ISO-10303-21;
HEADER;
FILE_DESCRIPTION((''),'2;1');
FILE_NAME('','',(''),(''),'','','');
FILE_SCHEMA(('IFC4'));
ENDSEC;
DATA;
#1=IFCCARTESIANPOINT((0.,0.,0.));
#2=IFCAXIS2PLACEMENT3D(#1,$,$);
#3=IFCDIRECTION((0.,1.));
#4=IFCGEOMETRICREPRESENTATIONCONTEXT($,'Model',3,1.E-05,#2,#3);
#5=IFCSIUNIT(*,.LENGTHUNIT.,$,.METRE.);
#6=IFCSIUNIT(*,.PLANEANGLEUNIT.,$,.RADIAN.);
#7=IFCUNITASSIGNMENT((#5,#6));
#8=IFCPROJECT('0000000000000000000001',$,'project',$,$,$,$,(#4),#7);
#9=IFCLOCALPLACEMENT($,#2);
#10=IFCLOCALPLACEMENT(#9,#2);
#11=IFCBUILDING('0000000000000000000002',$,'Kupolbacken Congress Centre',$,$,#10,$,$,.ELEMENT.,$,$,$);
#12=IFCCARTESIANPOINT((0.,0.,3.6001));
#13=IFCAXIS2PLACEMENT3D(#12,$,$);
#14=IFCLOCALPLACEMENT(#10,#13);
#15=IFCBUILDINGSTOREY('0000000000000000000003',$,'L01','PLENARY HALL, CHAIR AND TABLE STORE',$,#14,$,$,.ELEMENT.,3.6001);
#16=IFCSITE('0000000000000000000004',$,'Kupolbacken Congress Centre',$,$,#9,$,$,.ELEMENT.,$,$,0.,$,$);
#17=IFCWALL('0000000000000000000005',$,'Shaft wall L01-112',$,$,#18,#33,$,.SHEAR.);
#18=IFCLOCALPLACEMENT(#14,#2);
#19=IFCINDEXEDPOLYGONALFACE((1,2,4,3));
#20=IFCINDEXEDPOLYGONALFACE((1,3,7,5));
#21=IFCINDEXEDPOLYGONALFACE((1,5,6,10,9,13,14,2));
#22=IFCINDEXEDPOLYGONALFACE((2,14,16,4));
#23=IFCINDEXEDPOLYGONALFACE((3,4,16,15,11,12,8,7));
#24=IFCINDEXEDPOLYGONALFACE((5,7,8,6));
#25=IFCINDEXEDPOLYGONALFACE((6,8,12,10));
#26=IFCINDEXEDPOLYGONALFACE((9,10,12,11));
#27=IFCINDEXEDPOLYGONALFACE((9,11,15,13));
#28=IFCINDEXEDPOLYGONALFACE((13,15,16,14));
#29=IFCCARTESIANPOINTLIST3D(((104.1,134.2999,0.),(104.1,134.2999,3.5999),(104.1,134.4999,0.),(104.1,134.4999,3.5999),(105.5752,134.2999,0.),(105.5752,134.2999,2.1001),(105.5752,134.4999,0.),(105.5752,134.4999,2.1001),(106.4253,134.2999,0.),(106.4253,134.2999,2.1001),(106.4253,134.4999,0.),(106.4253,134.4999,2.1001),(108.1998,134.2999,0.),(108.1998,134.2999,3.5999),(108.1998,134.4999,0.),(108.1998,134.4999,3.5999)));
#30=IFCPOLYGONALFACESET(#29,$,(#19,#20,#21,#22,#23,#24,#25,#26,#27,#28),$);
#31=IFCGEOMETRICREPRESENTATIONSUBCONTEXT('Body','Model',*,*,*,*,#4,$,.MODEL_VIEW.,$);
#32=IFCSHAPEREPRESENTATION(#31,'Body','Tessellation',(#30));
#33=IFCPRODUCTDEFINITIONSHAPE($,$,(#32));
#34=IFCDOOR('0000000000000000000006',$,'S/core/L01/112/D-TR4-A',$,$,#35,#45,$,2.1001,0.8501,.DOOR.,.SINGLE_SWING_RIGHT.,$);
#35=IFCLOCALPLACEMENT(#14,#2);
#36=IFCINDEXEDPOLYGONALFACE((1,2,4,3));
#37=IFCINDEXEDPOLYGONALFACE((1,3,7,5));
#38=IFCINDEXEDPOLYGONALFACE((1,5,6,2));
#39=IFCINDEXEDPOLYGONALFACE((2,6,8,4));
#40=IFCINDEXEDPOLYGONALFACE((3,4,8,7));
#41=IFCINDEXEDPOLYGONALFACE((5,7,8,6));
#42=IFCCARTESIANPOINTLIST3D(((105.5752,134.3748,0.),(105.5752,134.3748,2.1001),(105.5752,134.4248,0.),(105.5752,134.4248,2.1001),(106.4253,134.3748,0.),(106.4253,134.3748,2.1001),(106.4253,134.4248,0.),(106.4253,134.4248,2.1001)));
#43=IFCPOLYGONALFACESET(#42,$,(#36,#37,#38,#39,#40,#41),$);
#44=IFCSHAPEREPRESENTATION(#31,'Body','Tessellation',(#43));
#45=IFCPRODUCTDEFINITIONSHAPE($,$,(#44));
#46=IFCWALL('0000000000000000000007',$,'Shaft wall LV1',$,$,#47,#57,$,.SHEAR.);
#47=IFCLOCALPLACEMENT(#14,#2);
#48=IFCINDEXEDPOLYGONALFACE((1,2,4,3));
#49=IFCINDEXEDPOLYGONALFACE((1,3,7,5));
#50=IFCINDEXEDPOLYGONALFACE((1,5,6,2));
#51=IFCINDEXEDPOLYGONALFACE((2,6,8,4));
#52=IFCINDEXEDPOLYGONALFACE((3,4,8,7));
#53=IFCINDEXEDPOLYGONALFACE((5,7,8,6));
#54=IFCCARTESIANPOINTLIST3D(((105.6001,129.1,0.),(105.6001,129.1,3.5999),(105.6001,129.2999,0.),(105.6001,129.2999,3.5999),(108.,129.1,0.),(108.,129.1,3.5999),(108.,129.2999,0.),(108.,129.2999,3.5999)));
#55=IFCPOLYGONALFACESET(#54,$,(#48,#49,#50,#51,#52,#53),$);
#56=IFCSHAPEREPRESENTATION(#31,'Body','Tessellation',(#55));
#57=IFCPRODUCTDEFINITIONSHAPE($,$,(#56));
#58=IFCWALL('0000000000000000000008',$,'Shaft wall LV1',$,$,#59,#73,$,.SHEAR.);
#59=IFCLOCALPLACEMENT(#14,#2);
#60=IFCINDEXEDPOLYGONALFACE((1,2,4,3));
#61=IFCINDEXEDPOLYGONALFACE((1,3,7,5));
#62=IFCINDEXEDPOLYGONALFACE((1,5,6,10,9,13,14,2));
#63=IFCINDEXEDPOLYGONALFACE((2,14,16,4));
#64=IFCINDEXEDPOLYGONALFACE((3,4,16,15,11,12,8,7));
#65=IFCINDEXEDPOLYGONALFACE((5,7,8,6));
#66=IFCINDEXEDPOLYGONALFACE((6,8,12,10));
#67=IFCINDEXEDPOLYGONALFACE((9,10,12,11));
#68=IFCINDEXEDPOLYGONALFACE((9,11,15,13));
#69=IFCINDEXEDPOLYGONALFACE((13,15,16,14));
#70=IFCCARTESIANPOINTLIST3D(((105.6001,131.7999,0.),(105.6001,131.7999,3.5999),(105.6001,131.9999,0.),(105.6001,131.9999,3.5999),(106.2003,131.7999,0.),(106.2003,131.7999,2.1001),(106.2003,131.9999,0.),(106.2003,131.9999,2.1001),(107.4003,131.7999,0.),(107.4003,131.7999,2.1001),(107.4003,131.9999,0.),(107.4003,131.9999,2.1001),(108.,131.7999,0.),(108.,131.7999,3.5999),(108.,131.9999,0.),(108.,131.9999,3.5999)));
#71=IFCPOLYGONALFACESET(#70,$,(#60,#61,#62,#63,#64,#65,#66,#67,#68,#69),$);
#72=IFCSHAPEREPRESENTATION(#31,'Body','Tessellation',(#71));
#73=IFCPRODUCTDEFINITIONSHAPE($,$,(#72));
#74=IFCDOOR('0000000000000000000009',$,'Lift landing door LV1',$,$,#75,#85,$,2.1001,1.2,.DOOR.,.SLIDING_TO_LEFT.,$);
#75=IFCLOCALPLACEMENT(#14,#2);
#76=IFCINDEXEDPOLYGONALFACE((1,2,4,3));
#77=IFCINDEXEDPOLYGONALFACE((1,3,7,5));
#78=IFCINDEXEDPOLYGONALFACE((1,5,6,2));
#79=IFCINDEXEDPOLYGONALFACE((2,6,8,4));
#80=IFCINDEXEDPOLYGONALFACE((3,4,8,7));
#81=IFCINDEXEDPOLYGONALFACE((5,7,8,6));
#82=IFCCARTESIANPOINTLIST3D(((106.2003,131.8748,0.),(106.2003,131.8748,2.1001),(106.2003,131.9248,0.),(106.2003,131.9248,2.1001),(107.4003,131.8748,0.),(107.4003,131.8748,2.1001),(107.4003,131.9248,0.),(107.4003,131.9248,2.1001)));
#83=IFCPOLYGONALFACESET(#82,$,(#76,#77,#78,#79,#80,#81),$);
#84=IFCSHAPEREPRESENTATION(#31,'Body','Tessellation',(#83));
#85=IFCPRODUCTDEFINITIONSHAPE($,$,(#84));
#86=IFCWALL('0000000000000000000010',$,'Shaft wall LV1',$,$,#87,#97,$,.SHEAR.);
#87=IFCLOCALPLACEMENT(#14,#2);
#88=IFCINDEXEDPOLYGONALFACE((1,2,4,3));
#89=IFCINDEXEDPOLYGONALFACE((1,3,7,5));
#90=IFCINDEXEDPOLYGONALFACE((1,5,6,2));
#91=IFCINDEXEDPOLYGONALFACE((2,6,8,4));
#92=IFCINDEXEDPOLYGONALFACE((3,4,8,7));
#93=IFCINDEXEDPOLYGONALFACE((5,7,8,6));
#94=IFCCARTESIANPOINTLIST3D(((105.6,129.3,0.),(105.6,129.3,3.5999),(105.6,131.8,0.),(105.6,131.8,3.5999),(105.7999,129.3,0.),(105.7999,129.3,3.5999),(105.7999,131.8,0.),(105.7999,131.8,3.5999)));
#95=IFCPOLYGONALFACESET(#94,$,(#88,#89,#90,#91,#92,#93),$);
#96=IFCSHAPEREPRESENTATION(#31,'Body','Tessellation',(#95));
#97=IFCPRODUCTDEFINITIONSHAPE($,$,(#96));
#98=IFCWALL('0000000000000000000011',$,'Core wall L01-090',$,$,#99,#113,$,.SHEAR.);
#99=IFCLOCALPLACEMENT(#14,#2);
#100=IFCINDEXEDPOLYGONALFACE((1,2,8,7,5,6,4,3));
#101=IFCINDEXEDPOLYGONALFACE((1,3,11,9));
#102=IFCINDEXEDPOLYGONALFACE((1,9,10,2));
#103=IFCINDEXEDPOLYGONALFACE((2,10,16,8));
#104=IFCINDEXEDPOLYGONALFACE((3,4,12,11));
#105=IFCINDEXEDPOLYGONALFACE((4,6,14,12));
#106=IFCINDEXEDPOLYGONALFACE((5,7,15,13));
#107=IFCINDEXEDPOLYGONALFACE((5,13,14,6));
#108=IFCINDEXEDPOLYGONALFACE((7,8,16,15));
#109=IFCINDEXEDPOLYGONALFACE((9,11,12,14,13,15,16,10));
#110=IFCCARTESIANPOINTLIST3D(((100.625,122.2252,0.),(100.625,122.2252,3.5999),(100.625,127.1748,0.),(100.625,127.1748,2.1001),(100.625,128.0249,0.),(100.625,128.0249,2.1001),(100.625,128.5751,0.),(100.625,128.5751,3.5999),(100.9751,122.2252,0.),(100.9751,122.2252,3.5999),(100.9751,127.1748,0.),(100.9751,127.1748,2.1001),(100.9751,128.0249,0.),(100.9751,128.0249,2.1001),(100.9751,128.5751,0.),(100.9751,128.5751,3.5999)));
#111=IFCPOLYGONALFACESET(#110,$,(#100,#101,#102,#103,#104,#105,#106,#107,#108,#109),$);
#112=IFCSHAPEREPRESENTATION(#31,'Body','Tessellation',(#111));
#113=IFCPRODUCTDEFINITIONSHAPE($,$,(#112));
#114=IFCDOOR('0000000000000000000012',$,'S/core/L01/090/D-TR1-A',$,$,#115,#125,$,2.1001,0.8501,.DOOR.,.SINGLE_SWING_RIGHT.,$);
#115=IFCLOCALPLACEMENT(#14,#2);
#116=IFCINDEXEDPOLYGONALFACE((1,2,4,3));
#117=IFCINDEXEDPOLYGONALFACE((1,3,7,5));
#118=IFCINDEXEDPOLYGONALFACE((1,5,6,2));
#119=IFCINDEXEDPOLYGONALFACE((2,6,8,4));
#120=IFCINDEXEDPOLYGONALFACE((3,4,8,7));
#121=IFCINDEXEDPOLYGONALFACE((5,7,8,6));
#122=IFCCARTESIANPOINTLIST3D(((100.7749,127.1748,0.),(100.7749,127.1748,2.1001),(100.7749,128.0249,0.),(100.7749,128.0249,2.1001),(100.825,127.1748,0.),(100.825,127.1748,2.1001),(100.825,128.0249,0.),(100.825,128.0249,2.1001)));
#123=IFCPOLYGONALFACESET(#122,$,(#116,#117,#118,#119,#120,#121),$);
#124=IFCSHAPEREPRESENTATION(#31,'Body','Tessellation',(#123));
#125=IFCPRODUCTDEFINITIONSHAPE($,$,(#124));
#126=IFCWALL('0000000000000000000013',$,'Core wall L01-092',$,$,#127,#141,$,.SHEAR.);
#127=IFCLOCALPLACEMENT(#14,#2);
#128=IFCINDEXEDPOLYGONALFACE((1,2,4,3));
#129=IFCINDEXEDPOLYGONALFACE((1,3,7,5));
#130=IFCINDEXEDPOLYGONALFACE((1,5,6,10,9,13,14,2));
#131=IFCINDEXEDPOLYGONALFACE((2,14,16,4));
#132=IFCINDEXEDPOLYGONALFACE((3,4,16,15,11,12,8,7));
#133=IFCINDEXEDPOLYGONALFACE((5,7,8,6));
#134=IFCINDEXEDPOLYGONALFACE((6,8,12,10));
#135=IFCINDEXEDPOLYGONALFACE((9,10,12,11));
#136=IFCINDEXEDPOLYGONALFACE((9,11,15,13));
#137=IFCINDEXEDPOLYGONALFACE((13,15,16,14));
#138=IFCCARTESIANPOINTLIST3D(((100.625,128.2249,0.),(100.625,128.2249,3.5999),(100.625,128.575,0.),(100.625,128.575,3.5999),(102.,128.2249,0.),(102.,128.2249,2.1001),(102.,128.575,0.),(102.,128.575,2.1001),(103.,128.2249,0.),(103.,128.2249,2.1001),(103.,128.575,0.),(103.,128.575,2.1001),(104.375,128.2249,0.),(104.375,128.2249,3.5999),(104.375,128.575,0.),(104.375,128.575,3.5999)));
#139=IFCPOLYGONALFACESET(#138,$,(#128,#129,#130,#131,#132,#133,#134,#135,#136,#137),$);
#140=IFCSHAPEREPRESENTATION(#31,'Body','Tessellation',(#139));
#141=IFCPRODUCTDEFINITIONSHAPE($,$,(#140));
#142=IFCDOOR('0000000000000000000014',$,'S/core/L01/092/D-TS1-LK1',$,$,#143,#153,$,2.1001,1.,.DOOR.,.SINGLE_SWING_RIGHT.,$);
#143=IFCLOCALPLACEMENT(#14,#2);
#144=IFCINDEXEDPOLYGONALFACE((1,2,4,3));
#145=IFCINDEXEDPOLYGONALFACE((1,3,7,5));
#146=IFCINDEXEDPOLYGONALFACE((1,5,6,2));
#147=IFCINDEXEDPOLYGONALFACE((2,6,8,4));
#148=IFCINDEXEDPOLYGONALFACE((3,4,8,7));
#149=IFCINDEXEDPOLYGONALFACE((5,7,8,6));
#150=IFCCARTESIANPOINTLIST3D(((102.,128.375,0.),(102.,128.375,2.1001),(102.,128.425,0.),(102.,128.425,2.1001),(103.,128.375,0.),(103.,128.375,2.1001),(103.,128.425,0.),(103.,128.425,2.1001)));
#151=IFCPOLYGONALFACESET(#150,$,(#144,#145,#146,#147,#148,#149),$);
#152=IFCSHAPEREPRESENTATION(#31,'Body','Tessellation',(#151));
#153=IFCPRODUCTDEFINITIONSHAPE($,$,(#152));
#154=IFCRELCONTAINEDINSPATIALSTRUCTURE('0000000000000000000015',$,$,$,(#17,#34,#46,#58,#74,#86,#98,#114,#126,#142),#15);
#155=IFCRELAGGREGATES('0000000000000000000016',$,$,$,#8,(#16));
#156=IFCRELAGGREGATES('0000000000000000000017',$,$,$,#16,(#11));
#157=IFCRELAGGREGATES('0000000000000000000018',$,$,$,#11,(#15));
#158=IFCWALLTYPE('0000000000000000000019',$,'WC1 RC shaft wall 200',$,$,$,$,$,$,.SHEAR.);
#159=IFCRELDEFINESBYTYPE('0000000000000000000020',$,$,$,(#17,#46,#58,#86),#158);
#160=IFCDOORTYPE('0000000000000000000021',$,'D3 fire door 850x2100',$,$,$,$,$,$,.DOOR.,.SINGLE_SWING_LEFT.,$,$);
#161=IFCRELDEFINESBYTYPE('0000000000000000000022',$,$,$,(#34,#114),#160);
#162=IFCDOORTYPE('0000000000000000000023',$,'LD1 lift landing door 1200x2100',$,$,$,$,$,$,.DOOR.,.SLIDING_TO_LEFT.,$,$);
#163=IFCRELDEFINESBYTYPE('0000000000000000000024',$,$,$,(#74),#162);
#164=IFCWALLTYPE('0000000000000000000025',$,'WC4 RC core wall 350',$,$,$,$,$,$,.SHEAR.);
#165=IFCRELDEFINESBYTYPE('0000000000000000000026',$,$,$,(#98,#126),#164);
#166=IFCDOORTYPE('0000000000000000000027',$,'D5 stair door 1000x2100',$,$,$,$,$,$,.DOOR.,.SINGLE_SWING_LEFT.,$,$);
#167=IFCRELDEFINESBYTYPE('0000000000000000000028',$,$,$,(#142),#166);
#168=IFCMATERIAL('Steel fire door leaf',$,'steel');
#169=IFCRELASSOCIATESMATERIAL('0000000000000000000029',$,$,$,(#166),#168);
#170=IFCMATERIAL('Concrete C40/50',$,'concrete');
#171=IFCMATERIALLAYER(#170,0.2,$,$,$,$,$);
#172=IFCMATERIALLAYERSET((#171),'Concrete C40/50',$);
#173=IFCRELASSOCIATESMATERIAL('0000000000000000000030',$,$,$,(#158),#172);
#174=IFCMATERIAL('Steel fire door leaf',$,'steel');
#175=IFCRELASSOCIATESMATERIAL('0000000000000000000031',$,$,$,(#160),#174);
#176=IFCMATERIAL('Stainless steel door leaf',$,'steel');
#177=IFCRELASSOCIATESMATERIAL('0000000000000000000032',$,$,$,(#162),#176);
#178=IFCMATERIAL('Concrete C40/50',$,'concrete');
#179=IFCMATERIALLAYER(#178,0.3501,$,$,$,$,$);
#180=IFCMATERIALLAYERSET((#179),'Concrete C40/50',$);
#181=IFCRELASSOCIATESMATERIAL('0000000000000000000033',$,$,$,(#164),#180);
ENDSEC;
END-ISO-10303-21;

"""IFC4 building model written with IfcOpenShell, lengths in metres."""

from ifc_helpers import new_model, si_unit, direction, frame, frame_2d, origin, place, context, subcontext, project, spatial, rectangle, extrude, material, layer, layer_set, type_object, element, fill, save


model = new_model("IFC4")

# Units and contexts
model_context = context("Model", 3, precision=1e-05, world=origin(), true_north=direction((0.0, 1.0)))
body_context = subcontext(model_context, "Body", "Model", "MODEL_VIEW")
ifc_project = project(units=[si_unit("LENGTHUNIT", "METRE"), si_unit("PLANEANGLEUNIT", "RADIAN")], contexts=[model_context])

# Site, building, storey
site_placement = place(None, origin())
site = spatial("IfcSite", under=ifc_project, at=site_placement, Name="Kupolbacken Congress Centre", CompositionType="ELEMENT", RefElevation=0.0)
building_placement = place(site_placement, origin())
building = spatial("IfcBuilding", under=site, at=building_placement, Name="Kupolbacken Congress Centre", CompositionType="ELEMENT")
storey_placement = place(building_placement, frame((0.0, 0.0, 3.6001)))
storey = spatial("IfcBuildingStorey", under=building, at=storey_placement, Name="L01", Description="PLENARY HALL, CHAIR AND TABLE STORE", CompositionType="ELEMENT", Elevation=3.6001)

# Shared definitions
ifc_material_1 = material(Name="Steel fire door leaf", Category="steel")
door_type_1 = type_object("IfcDoorType", Name="D5 stair door 1000x2100", OperationType="SINGLE_SWING_LEFT", PredefinedType="DOOR", material=ifc_material_1)

# Shared definitions
ifc_material_2 = material(Name="Concrete C40/50", Category="concrete")
ifc_layer_1 = layer(ifc_material_2, 0.2)
ifc_layer_set_1 = layer_set([ifc_layer_1], Name="Concrete C40/50")
wall_type_1 = type_object("IfcWallType", Name="WC1 RC shaft wall 200", PredefinedType="SHEAR", material=ifc_layer_set_1)

# Wall, opening, door
ifc_material_3 = material(Name="Steel fire door leaf", Category="steel")
door_type_2 = type_object("IfcDoorType", Name="D3 fire door 850x2100", OperationType="SINGLE_SWING_LEFT", PredefinedType="DOOR", material=ifc_material_3)
wall_1_placement = place(storey_placement, frame((104.1001, 134.3999, 0.0), z_axis=(0.0, 0.0, 1.0), x_axis=(1.0, 0.0, 0.0)))
wall_1 = element("IfcWall", 1, at=wall_1_placement, inside=storey, type_object=wall_type_1, Name="Shaft wall L01-112", PredefinedType="SHEAR", context=body_context, shape_type="SweptSolid", body=[
    extrude(rectangle(XDim=4.0999, YDim=0.2, at=frame_2d((2.0498, 0.0))), origin(), (0.0, 0.0, 1.0), 3.5999),
])
opening_1_placement = place(wall_1_placement, frame((1.4751, 0.0, 0.0)))
opening_1 = element("IfcOpeningElement", 2, at=opening_1_placement, cuts=wall_1, PredefinedType="OPENING", context=body_context, shape_type="SweptSolid", body=[
    extrude(rectangle(XDim=0.8501, YDim=2.1001, at=frame_2d((0.425, 1.05))), frame((0.0, 0.1099, 0.0), z_axis=(0.0, -1.0, 0.0), x_axis=(1.0, 0.0, 0.0)), (0.0, 0.0, 1.0), 0.22),
])
door_1_placement = place(opening_1_placement, origin())
door_1 = element("IfcDoor", 3, at=door_1_placement, inside=storey, type_object=door_type_2, Name="S/core/L01/112/D-TR4-A", OperationType="SINGLE_SWING_RIGHT", OverallHeight=2.1001, OverallWidth=0.8501, PredefinedType="DOOR", context=body_context, shape_type="SweptSolid", body=[
    extrude(rectangle(XDim=0.8501, YDim=2.1001, at=frame_2d((0.425, 1.05))), frame((0.0, 0.0249, 0.0), z_axis=(0.0, -1.0, 0.0), x_axis=(1.0, 0.0, 0.0)), (0.0, 0.0, 1.0), 0.05),
])
fill(opening_1, door_1)

# Wall
wall_2_placement = place(storey_placement, frame((105.6001, 129.2, 0.0), z_axis=(0.0, 0.0, 1.0), x_axis=(1.0, 0.0, 0.0)))
element("IfcWall", 4, at=wall_2_placement, inside=storey, type_object=wall_type_1, Name="Shaft wall LV1", PredefinedType="SHEAR", context=body_context, shape_type="SweptSolid", body=[
    extrude(rectangle(XDim=2.3999, YDim=0.2, at=frame_2d((1.2, 0.0))), origin(), (0.0, 0.0, 1.0), 3.5999),
])

# Wall, opening, door
wall_3_placement = place(storey_placement, frame((105.6001, 131.8999, 0.0), z_axis=(0.0, 0.0, 1.0), x_axis=(1.0, 0.0, 0.0)))
wall_3 = element("IfcWall", 5, at=wall_3_placement, inside=storey, type_object=wall_type_1, Name="Shaft wall LV1", PredefinedType="SHEAR", context=body_context, shape_type="SweptSolid", body=[
    extrude(rectangle(XDim=2.3999, YDim=0.2, at=frame_2d((1.2, 0.0))), origin(), (0.0, 0.0, 1.0), 3.5999),
])
opening_2_placement = place(wall_3_placement, frame((0.6001, 0.0, 0.0)))
opening_2 = element("IfcOpeningElement", 6, at=opening_2_placement, cuts=wall_3, PredefinedType="OPENING", context=body_context, shape_type="SweptSolid", body=[
    extrude(rectangle(XDim=1.2, YDim=2.1001, at=frame_2d((0.6001, 1.05))), frame((0.0, 0.1099, 0.0), z_axis=(0.0, -1.0, 0.0), x_axis=(1.0, 0.0, 0.0)), (0.0, 0.0, 1.0), 0.22),
])
ifc_material_4 = material(Name="Stainless steel door leaf", Category="steel")
door_type_3 = type_object("IfcDoorType", Name="LD1 lift landing door 1200x2100", OperationType="SLIDING_TO_LEFT", PredefinedType="DOOR", material=ifc_material_4)
door_2_placement = place(opening_2_placement, origin())
door_2 = element("IfcDoor", 7, at=door_2_placement, inside=storey, type_object=door_type_3, Name="Lift landing door LV1", OperationType="SLIDING_TO_LEFT", OverallHeight=2.1001, OverallWidth=1.2, PredefinedType="DOOR", context=body_context, shape_type="SweptSolid", body=[
    extrude(rectangle(XDim=1.2, YDim=2.1001, at=frame_2d((0.6001, 1.05))), frame((0.0, 0.0249, 0.0), z_axis=(0.0, -1.0, 0.0), x_axis=(1.0, 0.0, 0.0)), (0.0, 0.0, 1.0), 0.05),
])
fill(opening_2, door_2)

# Wall
wall_4_placement = place(storey_placement, frame((105.7, 129.3, 0.0), z_axis=(0.0, 0.0, 1.0), x_axis=(0.0, 1.0, 0.0)))
element("IfcWall", 8, at=wall_4_placement, inside=storey, type_object=wall_type_1, Name="Shaft wall LV1", PredefinedType="SHEAR", context=body_context, shape_type="SweptSolid", body=[
    extrude(rectangle(XDim=2.5, YDim=0.2, at=frame_2d((1.25, 0.0))), origin(), (0.0, 0.0, 1.0), 3.5999),
])

# Walls, openings, doors
ifc_material_5 = material(Name="Concrete C40/50", Category="concrete")
ifc_layer_2 = layer(ifc_material_5, 0.3501)
ifc_layer_set_2 = layer_set([ifc_layer_2], Name="Concrete C40/50")
wall_type_2 = type_object("IfcWallType", Name="WC4 RC core wall 350", PredefinedType="SHEAR", material=ifc_layer_set_2)
wall_5_placement = place(storey_placement, frame((100.8, 128.575, 0.0), z_axis=(0.0, 0.0, 1.0), x_axis=(0.0, -1.0, 0.0)))
wall_5 = element("IfcWall", 9, at=wall_5_placement, inside=storey, type_object=wall_type_2, Name="Core wall L01-090", PredefinedType="SHEAR", context=body_context, shape_type="SweptSolid", body=[
    extrude(rectangle(XDim=6.3499, YDim=0.3501, at=frame_2d((3.1748, 0.0))), origin(), (0.0, 0.0, 1.0), 3.5999),
])
opening_3_placement = place(wall_5_placement, frame((0.55, 0.0, 0.0)))
opening_3 = element("IfcOpeningElement", 10, at=opening_3_placement, cuts=wall_5, PredefinedType="OPENING", context=body_context, shape_type="SweptSolid", body=[
    extrude(rectangle(XDim=0.8501, YDim=2.1001, at=frame_2d((0.425, 1.05))), frame((0.0, 0.1851, 0.0), z_axis=(0.0, -1.0, 0.0), x_axis=(1.0, 0.0, 0.0)), (0.0, 0.0, 1.0), 0.3701),
])
door_3_placement = place(opening_3_placement, origin())
door_3 = element("IfcDoor", 11, at=door_3_placement, inside=storey, type_object=door_type_2, Name="S/core/L01/090/D-TR1-A", OperationType="SINGLE_SWING_RIGHT", OverallHeight=2.1001, OverallWidth=0.8501, PredefinedType="DOOR", context=body_context, shape_type="SweptSolid", body=[
    extrude(rectangle(XDim=0.8501, YDim=2.1001, at=frame_2d((0.425, 1.05))), frame((0.0, 0.0249, 0.0), z_axis=(0.0, -1.0, 0.0), x_axis=(1.0, 0.0, 0.0)), (0.0, 0.0, 1.0), 0.05),
])
fill(opening_3, door_3)
wall_6_placement = place(storey_placement, frame((104.375, 128.3999, 0.0), z_axis=(0.0, 0.0, 1.0), x_axis=(-1.0, 0.0, 0.0)))
wall_6 = element("IfcWall", 12, at=wall_6_placement, inside=storey, type_object=wall_type_2, Name="Core wall L01-092", PredefinedType="SHEAR", context=body_context, shape_type="SweptSolid", body=[
    extrude(rectangle(XDim=3.75, YDim=0.3501, at=frame_2d((1.875, 0.0))), origin(), (0.0, 0.0, 1.0), 3.5999),
])
opening_4_placement = place(wall_6_placement, frame((1.375, 0.0, 0.0)))
opening_4 = element("IfcOpeningElement", 13, at=opening_4_placement, cuts=wall_6, PredefinedType="OPENING", context=body_context, shape_type="SweptSolid", body=[
    extrude(rectangle(XDim=1.0, YDim=2.1001, at=frame_2d((0.5, 1.05))), frame((0.0, 0.1851, 0.0), z_axis=(0.0, -1.0, 0.0), x_axis=(1.0, 0.0, 0.0)), (0.0, 0.0, 1.0), 0.3701),
])
door_4_placement = place(opening_4_placement, origin())
door_4 = element("IfcDoor", 14, at=door_4_placement, inside=storey, type_object=door_type_1, Name="S/core/L01/092/D-TS1-LK1", OperationType="SINGLE_SWING_RIGHT", OverallHeight=2.1001, OverallWidth=1.0, PredefinedType="DOOR", context=body_context, shape_type="SweptSolid", body=[
    extrude(rectangle(XDim=1.0, YDim=2.1001, at=frame_2d((0.5, 1.05))), frame((0.0, 0.0249, 0.0), z_axis=(0.0, -1.0, 0.0), x_axis=(1.0, 0.0, 0.0)), (0.0, 0.0, 1.0), 0.05),
])
fill(opening_4, door_4)

save(model, "model.ifc")
